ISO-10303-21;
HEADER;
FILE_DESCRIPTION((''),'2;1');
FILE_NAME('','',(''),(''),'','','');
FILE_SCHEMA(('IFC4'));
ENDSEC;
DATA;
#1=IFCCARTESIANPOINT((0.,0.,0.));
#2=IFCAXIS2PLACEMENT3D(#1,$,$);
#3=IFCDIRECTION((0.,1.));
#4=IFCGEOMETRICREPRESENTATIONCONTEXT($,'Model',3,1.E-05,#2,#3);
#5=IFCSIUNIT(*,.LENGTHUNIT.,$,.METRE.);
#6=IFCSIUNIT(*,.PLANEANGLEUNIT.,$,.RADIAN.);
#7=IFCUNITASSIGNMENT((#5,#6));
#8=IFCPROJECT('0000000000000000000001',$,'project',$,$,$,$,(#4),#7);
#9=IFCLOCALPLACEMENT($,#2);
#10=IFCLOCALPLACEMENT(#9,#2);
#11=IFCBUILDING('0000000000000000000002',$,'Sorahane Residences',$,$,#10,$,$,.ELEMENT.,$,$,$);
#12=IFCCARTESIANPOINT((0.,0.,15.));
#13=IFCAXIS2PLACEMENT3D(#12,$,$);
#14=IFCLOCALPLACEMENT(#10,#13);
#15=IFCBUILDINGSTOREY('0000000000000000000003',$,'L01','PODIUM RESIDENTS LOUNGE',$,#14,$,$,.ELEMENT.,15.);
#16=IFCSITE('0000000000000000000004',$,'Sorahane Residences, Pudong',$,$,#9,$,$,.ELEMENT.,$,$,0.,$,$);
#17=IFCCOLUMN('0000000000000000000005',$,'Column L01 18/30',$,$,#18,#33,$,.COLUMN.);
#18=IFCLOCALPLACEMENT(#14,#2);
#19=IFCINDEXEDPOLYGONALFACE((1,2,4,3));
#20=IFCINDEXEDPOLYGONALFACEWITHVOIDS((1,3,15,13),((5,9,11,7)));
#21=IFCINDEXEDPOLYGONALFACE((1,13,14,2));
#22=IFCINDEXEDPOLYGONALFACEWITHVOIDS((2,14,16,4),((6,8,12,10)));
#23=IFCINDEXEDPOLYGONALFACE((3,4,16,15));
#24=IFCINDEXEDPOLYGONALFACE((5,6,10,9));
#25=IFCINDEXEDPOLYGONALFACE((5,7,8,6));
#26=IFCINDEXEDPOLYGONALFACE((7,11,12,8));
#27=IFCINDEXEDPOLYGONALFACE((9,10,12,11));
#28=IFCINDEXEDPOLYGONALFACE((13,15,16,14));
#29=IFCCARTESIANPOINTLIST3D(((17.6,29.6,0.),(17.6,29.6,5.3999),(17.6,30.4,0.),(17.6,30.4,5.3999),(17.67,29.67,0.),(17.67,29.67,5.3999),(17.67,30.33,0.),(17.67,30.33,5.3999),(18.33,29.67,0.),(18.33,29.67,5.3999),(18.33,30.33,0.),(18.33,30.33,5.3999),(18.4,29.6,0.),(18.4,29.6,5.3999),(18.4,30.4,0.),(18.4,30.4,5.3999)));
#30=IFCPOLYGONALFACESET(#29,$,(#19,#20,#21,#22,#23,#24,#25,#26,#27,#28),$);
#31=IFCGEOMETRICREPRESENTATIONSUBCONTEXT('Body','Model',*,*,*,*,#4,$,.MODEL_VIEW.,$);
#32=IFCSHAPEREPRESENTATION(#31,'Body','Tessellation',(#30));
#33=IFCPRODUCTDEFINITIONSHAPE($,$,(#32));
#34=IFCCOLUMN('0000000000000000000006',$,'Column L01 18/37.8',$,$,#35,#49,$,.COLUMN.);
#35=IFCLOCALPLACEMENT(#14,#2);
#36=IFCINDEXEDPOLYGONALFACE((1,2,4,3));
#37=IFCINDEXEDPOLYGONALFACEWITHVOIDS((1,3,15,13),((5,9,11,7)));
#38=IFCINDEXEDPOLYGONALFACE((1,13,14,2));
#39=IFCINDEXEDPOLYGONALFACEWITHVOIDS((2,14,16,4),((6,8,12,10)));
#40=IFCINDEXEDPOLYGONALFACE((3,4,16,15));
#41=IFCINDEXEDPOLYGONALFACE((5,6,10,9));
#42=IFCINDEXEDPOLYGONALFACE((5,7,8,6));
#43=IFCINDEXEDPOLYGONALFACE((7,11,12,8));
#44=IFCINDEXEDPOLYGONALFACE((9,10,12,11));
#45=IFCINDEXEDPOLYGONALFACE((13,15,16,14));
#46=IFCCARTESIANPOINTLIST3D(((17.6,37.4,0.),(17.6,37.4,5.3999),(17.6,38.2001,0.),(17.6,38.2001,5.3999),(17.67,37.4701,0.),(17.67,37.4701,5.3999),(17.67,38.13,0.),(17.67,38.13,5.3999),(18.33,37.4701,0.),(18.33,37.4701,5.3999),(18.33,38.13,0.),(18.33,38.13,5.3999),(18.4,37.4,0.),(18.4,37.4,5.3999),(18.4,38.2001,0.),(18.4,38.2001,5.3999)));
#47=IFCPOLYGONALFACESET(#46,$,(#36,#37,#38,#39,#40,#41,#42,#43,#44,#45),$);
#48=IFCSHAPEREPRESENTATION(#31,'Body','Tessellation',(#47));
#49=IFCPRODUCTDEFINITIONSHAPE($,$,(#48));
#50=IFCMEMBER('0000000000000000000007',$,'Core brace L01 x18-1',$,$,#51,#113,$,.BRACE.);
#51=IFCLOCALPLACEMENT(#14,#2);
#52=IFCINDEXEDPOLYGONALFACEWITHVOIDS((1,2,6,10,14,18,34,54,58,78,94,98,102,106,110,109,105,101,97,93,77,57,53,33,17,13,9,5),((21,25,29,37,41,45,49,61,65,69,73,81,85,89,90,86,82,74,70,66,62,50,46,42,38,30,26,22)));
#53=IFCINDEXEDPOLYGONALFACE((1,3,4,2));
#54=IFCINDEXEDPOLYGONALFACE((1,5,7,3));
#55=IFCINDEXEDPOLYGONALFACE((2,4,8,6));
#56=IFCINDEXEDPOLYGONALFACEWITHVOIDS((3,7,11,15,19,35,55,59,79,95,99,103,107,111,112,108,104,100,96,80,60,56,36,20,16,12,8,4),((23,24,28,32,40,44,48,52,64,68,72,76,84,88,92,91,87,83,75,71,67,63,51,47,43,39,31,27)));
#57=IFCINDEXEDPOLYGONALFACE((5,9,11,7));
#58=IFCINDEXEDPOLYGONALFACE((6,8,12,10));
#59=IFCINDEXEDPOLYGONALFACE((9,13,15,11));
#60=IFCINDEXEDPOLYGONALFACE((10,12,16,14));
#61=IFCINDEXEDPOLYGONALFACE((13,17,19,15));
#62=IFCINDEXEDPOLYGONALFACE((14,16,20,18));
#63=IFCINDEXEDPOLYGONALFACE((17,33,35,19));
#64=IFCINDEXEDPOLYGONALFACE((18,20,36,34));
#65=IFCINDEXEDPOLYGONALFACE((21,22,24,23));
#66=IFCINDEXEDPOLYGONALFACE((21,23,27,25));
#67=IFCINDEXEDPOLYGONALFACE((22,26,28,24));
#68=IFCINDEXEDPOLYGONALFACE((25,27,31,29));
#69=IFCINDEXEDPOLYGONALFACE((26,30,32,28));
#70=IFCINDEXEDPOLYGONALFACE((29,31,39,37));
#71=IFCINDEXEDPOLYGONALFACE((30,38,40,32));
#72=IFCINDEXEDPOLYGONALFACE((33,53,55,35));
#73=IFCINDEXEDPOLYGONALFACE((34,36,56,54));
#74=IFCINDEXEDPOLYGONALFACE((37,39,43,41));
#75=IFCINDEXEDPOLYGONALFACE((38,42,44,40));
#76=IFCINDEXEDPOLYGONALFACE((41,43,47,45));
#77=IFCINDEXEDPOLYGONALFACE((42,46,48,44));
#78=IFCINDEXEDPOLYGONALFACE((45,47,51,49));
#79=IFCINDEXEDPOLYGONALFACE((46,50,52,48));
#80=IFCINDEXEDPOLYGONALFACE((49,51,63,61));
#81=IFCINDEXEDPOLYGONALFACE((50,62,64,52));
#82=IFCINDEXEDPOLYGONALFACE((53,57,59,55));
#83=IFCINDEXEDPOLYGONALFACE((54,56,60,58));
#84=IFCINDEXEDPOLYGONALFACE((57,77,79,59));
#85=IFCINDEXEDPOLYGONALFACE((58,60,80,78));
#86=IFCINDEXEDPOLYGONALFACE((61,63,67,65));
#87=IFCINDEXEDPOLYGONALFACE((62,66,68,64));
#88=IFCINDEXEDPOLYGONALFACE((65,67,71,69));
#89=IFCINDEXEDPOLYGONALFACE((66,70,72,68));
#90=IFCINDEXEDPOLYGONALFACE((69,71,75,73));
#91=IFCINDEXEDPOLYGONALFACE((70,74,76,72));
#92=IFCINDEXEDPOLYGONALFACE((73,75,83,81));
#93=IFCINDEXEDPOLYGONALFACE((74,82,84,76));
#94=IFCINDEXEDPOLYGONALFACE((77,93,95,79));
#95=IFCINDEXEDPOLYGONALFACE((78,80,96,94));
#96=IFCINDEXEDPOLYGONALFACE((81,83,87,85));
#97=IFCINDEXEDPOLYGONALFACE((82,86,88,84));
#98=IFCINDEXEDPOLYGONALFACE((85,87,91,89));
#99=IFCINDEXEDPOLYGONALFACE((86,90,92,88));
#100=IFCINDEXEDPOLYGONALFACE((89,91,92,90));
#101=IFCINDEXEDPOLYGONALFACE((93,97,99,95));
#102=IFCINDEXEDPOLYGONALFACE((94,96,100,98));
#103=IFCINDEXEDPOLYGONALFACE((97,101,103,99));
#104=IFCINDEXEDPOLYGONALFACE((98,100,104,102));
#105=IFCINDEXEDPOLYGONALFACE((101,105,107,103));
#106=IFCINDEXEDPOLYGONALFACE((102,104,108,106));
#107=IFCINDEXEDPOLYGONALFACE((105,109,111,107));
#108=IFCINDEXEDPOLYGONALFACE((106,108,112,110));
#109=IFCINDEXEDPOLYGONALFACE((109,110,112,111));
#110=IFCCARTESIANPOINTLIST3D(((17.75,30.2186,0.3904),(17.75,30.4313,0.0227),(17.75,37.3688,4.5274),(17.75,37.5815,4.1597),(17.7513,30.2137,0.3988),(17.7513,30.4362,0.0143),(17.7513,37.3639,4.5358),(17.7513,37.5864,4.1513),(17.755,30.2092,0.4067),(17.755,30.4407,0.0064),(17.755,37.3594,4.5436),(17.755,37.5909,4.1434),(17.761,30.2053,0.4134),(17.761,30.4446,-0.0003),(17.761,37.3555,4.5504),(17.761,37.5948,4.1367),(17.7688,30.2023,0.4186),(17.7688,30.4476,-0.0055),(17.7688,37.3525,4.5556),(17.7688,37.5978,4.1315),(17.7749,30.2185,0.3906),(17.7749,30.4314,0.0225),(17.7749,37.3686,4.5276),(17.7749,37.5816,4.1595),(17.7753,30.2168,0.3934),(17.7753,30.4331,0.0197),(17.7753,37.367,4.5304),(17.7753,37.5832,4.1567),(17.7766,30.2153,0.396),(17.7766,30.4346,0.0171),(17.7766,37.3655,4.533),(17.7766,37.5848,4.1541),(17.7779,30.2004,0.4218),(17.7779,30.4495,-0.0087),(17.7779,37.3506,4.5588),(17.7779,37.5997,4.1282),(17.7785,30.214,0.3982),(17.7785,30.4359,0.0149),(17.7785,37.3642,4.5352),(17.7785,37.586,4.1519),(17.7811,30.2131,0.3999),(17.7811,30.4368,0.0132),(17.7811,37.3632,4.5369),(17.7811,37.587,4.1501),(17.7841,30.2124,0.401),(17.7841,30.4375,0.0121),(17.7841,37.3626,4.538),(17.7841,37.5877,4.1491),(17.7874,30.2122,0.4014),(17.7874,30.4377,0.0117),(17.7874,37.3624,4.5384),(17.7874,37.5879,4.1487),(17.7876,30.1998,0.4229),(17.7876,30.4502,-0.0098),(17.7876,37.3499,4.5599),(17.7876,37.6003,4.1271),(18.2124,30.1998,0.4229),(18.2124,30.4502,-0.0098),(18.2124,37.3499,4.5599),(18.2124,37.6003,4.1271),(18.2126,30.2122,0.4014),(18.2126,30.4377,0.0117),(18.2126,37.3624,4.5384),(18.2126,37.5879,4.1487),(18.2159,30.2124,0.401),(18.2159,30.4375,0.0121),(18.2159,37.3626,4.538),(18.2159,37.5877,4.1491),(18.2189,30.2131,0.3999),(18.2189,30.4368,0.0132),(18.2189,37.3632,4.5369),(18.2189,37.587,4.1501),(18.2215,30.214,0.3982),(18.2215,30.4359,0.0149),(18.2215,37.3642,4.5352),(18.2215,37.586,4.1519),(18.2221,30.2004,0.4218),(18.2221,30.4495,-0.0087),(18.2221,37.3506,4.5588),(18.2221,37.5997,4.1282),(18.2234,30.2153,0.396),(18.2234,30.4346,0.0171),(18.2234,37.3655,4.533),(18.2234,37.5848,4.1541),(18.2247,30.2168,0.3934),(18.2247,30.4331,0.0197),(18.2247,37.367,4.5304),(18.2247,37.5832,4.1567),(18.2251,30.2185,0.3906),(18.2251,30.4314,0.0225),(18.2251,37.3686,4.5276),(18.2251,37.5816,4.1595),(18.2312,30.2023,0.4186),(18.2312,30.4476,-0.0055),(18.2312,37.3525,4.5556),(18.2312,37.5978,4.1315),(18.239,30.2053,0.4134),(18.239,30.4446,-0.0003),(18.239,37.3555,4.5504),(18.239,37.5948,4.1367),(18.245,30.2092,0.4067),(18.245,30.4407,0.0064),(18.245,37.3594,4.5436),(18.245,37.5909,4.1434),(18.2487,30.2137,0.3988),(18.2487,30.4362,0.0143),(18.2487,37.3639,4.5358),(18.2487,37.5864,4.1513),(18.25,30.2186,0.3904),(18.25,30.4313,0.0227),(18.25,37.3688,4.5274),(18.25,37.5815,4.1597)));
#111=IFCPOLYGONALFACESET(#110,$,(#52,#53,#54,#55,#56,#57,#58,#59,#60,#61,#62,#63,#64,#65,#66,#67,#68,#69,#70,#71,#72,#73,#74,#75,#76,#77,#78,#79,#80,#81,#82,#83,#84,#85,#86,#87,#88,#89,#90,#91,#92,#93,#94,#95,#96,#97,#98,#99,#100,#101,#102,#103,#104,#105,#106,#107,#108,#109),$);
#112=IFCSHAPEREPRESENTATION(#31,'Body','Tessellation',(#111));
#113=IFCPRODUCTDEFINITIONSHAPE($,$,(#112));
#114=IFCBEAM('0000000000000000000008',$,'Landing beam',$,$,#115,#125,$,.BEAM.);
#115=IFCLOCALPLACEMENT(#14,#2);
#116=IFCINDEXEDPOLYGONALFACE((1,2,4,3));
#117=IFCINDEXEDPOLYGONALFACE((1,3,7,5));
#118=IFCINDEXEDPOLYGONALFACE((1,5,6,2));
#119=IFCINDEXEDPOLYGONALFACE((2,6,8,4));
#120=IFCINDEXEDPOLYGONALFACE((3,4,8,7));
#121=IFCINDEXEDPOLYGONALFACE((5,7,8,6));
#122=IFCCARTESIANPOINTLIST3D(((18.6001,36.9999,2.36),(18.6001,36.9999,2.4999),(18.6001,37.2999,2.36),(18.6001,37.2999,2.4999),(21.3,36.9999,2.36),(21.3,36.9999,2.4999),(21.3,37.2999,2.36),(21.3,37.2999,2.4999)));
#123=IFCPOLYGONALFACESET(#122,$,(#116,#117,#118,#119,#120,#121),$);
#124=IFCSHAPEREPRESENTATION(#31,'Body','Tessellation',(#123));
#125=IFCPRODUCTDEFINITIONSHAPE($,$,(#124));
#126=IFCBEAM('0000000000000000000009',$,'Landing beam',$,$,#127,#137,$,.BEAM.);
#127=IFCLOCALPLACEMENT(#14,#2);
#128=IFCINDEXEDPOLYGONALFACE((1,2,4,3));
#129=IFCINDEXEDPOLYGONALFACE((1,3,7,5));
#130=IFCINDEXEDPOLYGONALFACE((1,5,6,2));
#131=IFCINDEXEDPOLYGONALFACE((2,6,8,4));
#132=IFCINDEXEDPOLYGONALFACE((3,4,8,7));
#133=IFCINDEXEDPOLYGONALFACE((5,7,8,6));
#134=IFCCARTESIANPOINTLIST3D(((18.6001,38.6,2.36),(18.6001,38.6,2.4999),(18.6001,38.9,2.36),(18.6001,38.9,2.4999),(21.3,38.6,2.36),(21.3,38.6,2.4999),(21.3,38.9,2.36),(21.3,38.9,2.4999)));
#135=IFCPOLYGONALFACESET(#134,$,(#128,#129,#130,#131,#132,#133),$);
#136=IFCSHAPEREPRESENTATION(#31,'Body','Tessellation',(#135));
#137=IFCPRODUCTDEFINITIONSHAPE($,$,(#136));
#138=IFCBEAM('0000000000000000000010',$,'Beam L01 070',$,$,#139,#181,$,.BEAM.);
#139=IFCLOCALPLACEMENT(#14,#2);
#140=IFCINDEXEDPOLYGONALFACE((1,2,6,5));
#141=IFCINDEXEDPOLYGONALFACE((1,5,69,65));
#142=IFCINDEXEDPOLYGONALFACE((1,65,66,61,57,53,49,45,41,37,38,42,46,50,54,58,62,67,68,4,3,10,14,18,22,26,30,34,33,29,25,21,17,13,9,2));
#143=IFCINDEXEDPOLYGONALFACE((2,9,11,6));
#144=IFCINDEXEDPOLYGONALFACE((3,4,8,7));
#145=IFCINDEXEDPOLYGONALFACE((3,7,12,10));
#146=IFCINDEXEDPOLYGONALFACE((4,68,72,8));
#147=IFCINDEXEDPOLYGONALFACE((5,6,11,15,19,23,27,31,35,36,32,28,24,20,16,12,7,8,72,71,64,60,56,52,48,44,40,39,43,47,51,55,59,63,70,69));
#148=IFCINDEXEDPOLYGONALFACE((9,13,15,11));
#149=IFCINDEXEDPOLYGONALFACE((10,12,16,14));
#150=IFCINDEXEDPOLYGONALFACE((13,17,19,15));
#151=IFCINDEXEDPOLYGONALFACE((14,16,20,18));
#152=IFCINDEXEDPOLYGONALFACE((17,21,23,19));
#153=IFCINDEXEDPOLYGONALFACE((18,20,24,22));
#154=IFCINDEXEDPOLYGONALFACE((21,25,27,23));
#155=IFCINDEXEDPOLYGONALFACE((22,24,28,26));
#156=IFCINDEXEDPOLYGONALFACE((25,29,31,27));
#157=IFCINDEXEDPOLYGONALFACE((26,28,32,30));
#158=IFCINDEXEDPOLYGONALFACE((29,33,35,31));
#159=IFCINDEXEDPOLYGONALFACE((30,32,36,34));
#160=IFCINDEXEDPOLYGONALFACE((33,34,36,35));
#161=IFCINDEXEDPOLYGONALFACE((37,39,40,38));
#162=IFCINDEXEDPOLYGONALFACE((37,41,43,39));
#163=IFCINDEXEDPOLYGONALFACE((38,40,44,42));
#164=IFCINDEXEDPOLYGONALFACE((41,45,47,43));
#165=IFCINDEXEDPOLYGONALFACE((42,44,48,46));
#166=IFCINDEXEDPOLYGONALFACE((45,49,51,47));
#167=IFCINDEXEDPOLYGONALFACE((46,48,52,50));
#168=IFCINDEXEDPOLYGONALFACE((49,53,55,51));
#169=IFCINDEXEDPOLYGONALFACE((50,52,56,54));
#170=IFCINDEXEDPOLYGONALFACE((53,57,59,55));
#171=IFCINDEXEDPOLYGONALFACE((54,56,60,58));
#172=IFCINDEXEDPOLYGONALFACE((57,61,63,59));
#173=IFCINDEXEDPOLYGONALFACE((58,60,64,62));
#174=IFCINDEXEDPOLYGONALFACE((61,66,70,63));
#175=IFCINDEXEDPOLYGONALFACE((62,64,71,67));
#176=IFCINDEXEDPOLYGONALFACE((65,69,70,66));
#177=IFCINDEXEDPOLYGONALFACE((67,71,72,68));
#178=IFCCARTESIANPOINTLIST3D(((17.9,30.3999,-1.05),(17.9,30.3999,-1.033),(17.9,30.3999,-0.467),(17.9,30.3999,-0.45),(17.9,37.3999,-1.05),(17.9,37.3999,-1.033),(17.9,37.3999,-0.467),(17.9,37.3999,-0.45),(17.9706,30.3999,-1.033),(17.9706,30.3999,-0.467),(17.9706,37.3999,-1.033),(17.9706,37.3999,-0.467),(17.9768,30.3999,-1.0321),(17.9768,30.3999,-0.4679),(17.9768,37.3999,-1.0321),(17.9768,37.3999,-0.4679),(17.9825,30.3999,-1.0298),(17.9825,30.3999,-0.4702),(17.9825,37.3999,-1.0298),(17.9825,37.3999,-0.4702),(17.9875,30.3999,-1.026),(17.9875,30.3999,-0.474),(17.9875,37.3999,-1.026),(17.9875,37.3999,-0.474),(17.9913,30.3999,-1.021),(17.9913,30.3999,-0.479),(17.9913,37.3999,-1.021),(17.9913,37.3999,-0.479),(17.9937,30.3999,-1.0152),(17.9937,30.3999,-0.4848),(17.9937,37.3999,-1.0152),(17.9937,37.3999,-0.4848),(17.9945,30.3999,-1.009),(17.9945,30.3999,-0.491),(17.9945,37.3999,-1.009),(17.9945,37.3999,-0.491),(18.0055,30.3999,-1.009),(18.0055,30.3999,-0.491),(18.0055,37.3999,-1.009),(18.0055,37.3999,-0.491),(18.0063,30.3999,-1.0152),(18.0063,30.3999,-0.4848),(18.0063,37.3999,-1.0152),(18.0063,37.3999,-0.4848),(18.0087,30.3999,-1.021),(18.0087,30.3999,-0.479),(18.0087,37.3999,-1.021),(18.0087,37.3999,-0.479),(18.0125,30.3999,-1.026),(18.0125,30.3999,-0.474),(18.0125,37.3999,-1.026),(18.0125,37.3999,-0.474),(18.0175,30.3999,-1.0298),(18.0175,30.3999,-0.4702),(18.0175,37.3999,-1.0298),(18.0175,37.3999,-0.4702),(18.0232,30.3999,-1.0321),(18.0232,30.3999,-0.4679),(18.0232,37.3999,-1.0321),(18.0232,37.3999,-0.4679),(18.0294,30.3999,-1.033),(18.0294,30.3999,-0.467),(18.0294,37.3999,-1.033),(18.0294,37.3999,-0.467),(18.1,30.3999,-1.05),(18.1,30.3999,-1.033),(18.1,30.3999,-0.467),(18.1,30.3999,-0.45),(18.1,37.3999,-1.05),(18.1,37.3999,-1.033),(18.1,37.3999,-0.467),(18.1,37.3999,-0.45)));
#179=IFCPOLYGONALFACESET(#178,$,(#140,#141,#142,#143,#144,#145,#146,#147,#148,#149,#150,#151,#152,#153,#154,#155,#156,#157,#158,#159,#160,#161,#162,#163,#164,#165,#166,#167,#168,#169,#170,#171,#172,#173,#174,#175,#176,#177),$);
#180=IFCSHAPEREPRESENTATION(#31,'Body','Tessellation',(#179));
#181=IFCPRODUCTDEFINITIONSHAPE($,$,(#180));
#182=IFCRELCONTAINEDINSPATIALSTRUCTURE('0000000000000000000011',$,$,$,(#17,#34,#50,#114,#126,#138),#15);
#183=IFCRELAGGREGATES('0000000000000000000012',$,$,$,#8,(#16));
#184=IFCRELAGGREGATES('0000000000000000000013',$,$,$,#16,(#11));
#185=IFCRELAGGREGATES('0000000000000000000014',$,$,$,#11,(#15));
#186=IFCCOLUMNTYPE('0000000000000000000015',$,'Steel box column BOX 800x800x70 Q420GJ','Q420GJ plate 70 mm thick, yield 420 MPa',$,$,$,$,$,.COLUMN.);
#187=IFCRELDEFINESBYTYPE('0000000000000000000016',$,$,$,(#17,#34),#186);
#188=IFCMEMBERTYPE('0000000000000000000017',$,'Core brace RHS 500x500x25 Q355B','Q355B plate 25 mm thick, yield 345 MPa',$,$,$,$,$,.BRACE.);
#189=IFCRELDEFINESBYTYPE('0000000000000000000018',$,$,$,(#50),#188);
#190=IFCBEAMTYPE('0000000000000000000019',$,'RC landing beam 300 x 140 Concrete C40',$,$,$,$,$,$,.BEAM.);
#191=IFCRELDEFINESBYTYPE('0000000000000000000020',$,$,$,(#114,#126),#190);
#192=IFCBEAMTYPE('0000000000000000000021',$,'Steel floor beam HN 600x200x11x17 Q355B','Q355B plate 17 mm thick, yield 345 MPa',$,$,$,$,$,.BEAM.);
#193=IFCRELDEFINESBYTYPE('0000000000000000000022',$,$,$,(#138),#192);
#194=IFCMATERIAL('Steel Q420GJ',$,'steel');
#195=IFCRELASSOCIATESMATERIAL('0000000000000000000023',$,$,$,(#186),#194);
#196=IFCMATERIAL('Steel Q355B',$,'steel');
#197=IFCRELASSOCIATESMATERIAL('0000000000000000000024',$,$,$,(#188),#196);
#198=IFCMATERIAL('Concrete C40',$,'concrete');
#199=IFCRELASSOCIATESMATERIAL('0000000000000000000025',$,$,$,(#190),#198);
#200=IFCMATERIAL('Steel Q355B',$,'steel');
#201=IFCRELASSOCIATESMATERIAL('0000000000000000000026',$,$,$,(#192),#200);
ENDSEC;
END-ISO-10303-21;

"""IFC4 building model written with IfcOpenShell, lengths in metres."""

from ifc_helpers import new_model, si_unit, direction, frame, origin, origin_2d, place, context, subcontext, project, spatial, rectangle, hollow_rectangle, i_section, extrude, material, material_profile, profile_set, type_object, element, save


model = new_model("IFC4")

# Units and contexts
model_context = context("Model", 3, precision=1e-05, world=origin(), true_north=direction((0.0, 1.0)))
body_context = subcontext(model_context, "Body", "Model", "MODEL_VIEW")
ifc_project = project(units=[si_unit("LENGTHUNIT", "METRE"), si_unit("PLANEANGLEUNIT", "RADIAN")], contexts=[model_context])

# Site, building, storey
site_placement = place(None, origin())
site = spatial("IfcSite", under=ifc_project, at=site_placement, Name="Sorahane Residences, Pudong", CompositionType="ELEMENT", RefElevation=0.0)
building_placement = place(site_placement, origin())
building = spatial("IfcBuilding", under=site, at=building_placement, Name="Sorahane Residences", CompositionType="ELEMENT")
storey_placement = place(building_placement, frame((0.0, 0.0, 15.0)))
storey = spatial("IfcBuildingStorey", under=building, at=storey_placement, Name="L01", Description="PODIUM RESIDENTS LOUNGE", CompositionType="ELEMENT", Elevation=15.0)

# Columns
ifc_material_1 = material(Name="Steel Q420GJ", Category="steel")
ifc_material_profile_1 = material_profile(ifc_material_1, hollow_rectangle(XDim=0.8, YDim=0.8, WallThickness=0.0701, at=origin_2d()), Name="BOX 800x800x70")
ifc_profile_set_1 = profile_set([ifc_material_profile_1], Name="Steel Q420GJ")
column_type = type_object("IfcColumnType", Name="Steel box column BOX 800x800x70 Q420GJ", Description="Q420GJ plate 70 mm thick, yield 420 MPa", PredefinedType="COLUMN", material=ifc_profile_set_1)
for number, where, z_axis, x_axis, name in (
    (1, (18.0, 30.0, 0.0), (0.0, 0.0, 1.0), (1.0, 0.0, 0.0), "Column L01 18/30"),
    (2, (18.0, 37.8, 0.0), (0.0, 0.0, 1.0), (1.0, 0.0, 0.0), "Column L01 18/37.8"),
):
    element("IfcColumn", number, at=place(storey_placement, frame(where, z_axis=z_axis, x_axis=x_axis)), inside=storey, type_object=column_type, Name=name, PredefinedType="COLUMN", context=body_context, shape_type="SweptSolid", body=[
        extrude(hollow_rectangle(XDim=0.8, YDim=0.8, WallThickness=0.0701, at=origin_2d()), origin(), (0.0, 0.0, 1.0), 5.3999),
    ])

# Member
ifc_material_2 = material(Name="Steel Q355B", Category="steel")
ifc_material_profile_2 = material_profile(ifc_material_2, hollow_rectangle(XDim=0.5, YDim=0.5, WallThickness=0.0249, InnerFilletRadius=0.0125, OuterFilletRadius=0.0376, at=origin_2d()), Name="RHS 500x500x25")
ifc_profile_set_2 = profile_set([ifc_material_profile_2], Name="Steel Q355B")
member_type = type_object("IfcMemberType", Name="Core brace RHS 500x500x25 Q355B", Description="Q355B plate 25 mm thick, yield 345 MPa", PredefinedType="BRACE", material=ifc_profile_set_2)
member_placement = place(storey_placement, frame((18.0, 30.325, 0.2065), z_axis=(0.0, 0.865562, 0.500801), x_axis=(-1.0, 0.0, 0.0)))
element("IfcMember", 3, at=member_placement, inside=storey, type_object=member_type, Name="Core brace L01 x18-1", PredefinedType="BRACE", context=body_context, shape_type="SweptSolid", body=[
    extrude(hollow_rectangle(XDim=0.5, YDim=0.5, WallThickness=0.0249, InnerFilletRadius=0.0125, OuterFilletRadius=0.0376, at=origin_2d()), origin(), (0.0, 0.0, 1.0), 8.2607),
])

# Beams
ifc_material_3 = material(Name="Concrete C40", Category="concrete")
ifc_material_profile_3 = material_profile(ifc_material_3, rectangle(XDim=0.3, YDim=0.1399, at=origin_2d()), Name="300x140")
ifc_profile_set_3 = profile_set([ifc_material_profile_3], Name="Concrete C40")
beam_type_1 = type_object("IfcBeamType", Name="RC landing beam 300 x 140 Concrete C40", PredefinedType="BEAM", material=ifc_profile_set_3)
for number, where, z_axis, x_axis, name in (
    (4, (18.6001, 37.1499, 2.4299), (1.0, 0.0, 0.0), (0.0, 1.0, 0.0), "Landing beam"),
    (5, (18.6001, 38.75, 2.4299), (1.0, 0.0, 0.0), (0.0, 1.0, 0.0), "Landing beam"),
):
    element("IfcBeam", number, at=place(storey_placement, frame(where, z_axis=z_axis, x_axis=x_axis)), inside=storey, type_object=beam_type_1, Name=name, PredefinedType="BEAM", context=body_context, shape_type="SweptSolid", body=[
        extrude(rectangle(XDim=0.3, YDim=0.1399, at=origin_2d()), origin(), (0.0, 0.0, 1.0), 2.7),
    ])
ifc_material_4 = material(Name="Steel Q355B", Category="steel")
ifc_material_profile_4 = material_profile(ifc_material_4, i_section(OverallWidth=0.2, OverallDepth=0.6001, WebThickness=0.011, FlangeThickness=0.0171, FilletRadius=0.0239, at=origin_2d()), Name="HN 600x200x11x17")
ifc_profile_set_4 = profile_set([ifc_material_profile_4], Name="Steel Q355B")
beam_type_2 = type_object("IfcBeamType", Name="Steel floor beam HN 600x200x11x17 Q355B", Description="Q355B plate 17 mm thick, yield 345 MPa", PredefinedType="BEAM", material=ifc_profile_set_4)
for number, where, z_axis, x_axis, name in (
    (6, (18.0, 30.3999, -0.75), (0.0, 1.0, 0.0), (-1.0, 0.0, 0.0), "Beam L01 070"),
):
    element("IfcBeam", number, at=place(storey_placement, frame(where, z_axis=z_axis, x_axis=x_axis)), inside=storey, type_object=beam_type_2, Name=name, PredefinedType="BEAM", context=body_context, shape_type="SweptSolid", body=[
        extrude(i_section(OverallWidth=0.2, OverallDepth=0.6001, WebThickness=0.011, FlangeThickness=0.0171, FilletRadius=0.0239, at=origin_2d()), origin(), (0.0, 0.0, 1.0), 7.0),
    ])

save(model, "model.ifc")
